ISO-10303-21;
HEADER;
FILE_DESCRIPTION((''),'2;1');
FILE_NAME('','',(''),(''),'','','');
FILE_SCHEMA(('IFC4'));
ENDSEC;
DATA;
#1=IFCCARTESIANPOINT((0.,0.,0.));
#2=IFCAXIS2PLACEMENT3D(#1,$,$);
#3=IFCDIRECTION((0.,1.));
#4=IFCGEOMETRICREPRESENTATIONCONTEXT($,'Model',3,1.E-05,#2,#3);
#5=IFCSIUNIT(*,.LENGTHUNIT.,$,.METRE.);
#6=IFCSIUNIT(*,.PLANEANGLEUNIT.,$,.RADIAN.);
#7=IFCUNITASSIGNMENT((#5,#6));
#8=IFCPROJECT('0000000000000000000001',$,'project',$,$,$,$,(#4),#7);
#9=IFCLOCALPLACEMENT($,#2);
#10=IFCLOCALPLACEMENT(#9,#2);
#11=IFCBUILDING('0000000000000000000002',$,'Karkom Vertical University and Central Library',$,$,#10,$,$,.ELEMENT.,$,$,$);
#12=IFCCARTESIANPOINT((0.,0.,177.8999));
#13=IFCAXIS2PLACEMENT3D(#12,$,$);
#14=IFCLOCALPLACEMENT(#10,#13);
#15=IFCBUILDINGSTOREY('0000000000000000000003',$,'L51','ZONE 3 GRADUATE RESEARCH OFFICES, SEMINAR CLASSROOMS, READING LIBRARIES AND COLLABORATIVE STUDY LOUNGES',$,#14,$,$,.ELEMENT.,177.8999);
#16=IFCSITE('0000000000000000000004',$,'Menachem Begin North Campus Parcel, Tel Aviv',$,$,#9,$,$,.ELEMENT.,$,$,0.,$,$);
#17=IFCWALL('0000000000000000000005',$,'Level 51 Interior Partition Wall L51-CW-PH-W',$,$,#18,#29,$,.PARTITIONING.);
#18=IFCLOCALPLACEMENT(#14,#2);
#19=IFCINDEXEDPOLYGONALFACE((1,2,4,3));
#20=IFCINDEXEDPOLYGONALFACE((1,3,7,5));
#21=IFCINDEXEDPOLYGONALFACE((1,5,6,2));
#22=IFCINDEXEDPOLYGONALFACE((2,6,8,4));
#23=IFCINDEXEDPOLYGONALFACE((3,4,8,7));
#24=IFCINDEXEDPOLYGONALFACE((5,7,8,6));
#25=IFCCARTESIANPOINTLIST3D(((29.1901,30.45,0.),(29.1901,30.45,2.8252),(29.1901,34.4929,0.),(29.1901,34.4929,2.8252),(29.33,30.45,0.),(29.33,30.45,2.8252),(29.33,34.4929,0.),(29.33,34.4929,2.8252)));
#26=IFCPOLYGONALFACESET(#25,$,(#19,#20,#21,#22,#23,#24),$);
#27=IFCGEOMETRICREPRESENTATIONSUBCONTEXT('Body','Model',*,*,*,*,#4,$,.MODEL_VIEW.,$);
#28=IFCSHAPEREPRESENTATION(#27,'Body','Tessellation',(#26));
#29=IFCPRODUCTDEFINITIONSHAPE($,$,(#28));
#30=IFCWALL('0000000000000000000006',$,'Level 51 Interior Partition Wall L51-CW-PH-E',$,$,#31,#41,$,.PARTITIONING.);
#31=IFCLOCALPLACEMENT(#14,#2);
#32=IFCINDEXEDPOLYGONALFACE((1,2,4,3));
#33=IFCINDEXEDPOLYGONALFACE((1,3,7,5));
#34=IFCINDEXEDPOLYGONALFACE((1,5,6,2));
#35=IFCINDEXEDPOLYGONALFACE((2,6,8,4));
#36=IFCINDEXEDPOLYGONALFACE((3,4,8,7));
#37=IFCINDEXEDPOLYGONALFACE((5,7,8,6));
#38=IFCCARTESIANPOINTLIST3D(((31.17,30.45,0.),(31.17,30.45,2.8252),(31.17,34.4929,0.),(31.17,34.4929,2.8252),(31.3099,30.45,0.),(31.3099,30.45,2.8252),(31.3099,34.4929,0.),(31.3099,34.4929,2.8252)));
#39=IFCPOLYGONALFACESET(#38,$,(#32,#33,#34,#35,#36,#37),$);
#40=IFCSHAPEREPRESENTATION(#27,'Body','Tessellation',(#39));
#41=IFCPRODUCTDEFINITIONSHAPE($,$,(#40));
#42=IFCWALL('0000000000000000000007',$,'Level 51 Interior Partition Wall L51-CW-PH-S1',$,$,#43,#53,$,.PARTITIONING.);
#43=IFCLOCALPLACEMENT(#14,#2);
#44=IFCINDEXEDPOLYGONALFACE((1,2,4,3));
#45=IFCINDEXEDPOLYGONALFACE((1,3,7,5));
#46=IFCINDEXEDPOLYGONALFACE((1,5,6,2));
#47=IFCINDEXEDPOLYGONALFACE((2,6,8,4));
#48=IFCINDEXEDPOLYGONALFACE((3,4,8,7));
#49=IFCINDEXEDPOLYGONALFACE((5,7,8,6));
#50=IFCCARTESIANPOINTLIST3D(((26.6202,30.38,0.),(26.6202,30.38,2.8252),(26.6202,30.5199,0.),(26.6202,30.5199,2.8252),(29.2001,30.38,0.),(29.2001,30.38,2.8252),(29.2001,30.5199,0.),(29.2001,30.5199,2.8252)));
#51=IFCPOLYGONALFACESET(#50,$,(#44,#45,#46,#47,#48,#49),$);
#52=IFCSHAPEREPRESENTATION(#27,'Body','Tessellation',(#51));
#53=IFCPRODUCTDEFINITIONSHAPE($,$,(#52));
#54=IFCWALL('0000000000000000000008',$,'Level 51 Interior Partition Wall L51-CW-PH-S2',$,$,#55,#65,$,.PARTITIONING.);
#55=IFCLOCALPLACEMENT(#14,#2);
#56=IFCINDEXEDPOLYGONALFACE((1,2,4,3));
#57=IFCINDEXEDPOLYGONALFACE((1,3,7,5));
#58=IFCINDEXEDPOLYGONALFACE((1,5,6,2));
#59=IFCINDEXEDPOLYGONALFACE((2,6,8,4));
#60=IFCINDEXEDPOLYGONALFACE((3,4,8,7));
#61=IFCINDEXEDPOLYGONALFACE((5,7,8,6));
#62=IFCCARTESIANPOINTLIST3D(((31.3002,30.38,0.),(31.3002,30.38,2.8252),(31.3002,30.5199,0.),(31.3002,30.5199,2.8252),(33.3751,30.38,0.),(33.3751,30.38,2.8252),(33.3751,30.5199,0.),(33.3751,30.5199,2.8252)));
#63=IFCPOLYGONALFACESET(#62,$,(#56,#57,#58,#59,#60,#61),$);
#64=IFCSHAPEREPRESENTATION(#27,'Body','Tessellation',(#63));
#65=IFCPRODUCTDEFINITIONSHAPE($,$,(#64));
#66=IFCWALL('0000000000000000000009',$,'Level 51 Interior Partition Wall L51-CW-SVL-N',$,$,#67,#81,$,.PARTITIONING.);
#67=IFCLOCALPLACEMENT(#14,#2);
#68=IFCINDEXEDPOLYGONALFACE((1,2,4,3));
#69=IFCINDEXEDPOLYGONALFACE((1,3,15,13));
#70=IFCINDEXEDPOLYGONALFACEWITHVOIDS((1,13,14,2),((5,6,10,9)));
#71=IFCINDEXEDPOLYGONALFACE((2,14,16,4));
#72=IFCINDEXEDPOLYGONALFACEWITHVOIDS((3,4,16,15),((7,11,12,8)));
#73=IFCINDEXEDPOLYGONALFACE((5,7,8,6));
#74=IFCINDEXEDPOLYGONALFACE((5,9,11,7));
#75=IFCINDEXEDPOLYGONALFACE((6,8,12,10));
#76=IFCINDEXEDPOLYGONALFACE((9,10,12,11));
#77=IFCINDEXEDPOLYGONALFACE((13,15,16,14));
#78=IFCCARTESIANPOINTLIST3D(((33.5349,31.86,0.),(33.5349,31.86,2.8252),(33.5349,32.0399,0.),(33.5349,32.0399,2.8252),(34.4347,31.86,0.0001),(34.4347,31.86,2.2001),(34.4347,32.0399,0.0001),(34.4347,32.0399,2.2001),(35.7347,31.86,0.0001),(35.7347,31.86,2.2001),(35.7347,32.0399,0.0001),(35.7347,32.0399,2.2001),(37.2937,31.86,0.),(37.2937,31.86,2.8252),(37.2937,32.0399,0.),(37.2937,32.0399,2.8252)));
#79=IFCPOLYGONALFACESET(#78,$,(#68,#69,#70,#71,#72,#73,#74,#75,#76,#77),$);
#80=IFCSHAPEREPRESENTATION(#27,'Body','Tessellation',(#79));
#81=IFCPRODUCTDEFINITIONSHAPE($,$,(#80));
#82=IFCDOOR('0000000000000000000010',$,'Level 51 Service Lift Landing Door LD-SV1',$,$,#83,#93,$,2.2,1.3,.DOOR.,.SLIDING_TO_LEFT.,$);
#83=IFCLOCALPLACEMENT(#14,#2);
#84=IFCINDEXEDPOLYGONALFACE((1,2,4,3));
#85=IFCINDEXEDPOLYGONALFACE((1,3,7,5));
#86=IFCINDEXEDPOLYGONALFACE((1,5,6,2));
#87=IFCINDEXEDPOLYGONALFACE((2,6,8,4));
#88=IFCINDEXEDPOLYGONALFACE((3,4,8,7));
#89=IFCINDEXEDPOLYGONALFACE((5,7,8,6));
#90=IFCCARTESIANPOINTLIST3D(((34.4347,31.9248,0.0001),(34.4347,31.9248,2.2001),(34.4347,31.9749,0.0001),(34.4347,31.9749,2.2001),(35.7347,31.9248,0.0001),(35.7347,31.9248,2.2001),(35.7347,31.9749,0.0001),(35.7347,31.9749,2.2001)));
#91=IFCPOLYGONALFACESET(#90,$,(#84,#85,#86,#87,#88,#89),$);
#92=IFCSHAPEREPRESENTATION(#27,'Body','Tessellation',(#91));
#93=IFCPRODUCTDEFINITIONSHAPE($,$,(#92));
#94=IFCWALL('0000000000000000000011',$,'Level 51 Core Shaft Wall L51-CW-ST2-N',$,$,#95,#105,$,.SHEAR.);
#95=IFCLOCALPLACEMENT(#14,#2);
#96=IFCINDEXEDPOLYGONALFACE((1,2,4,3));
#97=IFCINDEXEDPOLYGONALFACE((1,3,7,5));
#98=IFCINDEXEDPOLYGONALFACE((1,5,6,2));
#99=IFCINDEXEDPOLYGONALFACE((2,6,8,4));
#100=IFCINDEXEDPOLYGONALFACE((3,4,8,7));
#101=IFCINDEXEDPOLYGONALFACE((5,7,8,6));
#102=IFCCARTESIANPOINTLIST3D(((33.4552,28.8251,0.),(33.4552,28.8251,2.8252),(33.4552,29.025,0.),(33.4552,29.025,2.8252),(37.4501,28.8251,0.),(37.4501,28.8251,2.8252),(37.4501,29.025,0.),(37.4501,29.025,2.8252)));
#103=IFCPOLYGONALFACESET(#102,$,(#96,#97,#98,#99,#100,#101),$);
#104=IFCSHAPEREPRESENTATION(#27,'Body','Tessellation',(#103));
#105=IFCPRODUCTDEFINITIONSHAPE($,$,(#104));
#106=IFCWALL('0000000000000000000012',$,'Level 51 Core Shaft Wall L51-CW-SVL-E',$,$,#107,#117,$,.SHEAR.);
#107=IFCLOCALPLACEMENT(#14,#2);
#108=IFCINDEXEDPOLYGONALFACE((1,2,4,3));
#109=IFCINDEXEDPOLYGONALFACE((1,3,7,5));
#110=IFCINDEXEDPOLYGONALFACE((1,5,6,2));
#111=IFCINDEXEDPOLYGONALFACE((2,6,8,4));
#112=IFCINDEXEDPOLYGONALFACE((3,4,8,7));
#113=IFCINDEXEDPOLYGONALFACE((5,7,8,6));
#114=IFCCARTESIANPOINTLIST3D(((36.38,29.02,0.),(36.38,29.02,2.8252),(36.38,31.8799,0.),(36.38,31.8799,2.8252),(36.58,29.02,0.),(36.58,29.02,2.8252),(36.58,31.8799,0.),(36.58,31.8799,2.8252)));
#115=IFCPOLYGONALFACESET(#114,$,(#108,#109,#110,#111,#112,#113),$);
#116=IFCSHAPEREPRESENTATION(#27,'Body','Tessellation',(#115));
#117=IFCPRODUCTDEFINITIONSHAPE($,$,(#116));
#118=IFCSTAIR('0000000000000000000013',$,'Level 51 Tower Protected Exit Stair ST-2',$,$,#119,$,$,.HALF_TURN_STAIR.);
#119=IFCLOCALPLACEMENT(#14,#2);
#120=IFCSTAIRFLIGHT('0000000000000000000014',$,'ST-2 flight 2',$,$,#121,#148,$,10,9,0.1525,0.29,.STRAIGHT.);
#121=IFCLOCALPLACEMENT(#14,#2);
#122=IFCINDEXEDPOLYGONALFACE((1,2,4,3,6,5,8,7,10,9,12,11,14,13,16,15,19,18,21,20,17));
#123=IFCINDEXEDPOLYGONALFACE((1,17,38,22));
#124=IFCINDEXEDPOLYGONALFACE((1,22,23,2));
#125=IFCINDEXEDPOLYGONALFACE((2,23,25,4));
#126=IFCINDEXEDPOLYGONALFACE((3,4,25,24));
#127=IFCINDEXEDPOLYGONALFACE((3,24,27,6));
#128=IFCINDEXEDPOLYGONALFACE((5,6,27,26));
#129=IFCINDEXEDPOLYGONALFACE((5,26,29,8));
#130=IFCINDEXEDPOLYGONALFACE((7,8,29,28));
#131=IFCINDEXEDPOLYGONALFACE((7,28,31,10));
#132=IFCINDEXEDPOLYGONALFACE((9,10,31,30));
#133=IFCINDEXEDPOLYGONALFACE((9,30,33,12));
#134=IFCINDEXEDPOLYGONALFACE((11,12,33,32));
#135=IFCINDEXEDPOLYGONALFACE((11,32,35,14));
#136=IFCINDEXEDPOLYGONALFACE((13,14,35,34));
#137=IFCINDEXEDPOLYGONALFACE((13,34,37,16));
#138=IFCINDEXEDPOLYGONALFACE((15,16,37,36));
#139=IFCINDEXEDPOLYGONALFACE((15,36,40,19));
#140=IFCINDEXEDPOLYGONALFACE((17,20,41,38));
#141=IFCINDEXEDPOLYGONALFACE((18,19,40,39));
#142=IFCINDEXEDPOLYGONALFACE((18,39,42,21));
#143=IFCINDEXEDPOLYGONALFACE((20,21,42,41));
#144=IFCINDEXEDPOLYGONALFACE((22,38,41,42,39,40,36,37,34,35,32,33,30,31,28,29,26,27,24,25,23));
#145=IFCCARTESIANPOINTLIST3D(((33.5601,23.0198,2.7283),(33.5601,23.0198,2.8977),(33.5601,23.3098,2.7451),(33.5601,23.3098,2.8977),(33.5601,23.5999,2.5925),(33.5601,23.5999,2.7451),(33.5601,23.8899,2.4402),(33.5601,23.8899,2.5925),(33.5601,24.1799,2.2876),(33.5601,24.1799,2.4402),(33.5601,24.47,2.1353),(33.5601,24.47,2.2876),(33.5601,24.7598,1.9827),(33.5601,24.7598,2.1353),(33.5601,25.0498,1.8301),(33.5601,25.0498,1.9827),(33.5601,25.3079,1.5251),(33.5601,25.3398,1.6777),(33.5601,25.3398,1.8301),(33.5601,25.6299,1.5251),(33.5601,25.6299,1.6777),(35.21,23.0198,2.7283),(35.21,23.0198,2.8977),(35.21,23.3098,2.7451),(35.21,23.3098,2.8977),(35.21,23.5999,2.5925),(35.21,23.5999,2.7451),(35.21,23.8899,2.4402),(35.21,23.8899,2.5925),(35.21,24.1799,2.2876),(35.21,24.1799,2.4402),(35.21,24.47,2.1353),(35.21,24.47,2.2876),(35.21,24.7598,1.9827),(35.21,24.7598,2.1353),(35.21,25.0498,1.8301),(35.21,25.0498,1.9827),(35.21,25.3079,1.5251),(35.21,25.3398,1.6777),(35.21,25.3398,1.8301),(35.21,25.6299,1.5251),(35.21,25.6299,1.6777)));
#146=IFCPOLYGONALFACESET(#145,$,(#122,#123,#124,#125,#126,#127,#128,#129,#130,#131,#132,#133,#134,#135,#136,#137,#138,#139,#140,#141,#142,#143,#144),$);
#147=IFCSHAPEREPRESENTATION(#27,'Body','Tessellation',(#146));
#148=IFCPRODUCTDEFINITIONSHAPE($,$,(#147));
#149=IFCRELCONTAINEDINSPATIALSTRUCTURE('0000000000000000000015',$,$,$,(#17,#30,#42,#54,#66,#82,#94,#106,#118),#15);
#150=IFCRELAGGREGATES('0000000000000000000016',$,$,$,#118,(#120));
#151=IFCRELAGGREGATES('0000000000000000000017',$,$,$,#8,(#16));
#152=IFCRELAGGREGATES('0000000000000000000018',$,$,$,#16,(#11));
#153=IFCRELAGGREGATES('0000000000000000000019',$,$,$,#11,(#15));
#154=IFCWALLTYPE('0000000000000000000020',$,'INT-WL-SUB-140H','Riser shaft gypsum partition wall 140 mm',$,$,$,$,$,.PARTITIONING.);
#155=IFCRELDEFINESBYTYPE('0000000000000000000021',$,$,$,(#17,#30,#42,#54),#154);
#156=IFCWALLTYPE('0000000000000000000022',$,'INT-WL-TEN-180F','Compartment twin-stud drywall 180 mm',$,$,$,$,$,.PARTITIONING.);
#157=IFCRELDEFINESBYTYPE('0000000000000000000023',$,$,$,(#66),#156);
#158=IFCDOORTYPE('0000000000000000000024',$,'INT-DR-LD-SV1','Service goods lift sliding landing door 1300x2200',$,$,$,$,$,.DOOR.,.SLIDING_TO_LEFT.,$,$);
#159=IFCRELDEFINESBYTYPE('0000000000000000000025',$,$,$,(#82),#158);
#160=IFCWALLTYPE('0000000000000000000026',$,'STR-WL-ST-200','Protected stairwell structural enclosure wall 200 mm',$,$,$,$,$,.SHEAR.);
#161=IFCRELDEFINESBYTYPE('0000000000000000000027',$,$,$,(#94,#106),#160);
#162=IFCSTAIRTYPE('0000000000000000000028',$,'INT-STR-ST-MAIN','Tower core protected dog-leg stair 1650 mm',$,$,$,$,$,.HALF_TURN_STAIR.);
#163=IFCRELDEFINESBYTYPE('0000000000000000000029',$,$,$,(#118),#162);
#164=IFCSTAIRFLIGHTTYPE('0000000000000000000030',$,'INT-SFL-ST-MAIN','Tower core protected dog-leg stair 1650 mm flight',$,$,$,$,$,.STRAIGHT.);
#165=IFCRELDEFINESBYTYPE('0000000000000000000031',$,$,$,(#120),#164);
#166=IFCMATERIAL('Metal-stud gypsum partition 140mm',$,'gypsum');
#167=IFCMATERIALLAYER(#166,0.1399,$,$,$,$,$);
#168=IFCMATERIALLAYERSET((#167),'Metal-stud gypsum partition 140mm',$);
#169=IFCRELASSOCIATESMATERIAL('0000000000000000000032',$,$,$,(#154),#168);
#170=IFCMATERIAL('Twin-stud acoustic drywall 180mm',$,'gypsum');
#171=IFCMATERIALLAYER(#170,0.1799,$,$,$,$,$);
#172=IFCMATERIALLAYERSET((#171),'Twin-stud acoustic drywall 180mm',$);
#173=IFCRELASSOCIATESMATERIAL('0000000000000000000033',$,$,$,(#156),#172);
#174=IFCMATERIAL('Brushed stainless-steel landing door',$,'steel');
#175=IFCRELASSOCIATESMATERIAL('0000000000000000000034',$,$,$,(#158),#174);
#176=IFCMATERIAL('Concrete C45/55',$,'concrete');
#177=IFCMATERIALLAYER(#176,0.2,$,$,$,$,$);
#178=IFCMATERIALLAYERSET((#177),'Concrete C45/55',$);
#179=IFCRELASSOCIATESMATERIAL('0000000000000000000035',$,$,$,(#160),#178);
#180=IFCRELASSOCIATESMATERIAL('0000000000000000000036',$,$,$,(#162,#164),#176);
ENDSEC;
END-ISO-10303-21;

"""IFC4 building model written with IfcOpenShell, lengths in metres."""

from ifc_helpers import new_model, si_unit, direction, frame, frame_2d, origin, origin_with_axes, place, context, subcontext, project, spatial, polyline, rectangle, outline, extrude, source, transform, mapped, material, layer, layer_set, type_object, element, fill, aggregate, save


model = new_model("IFC4")

# Units and contexts
model_context = context("Model", 3, precision=1e-05, world=origin(), true_north=direction((0.0, 1.0)))
body_context = subcontext(model_context, "Body", "Model", "MODEL_VIEW")
ifc_project = project(units=[si_unit("LENGTHUNIT", "METRE"), si_unit("PLANEANGLEUNIT", "RADIAN")], contexts=[model_context])

# Site, building, storey
site_placement = place(None, origin())
site = spatial("IfcSite", under=ifc_project, at=site_placement, Name="Menachem Begin North Campus Parcel, Tel Aviv", CompositionType="ELEMENT", RefElevation=0.0)
building_placement = place(site_placement, origin())
building = spatial("IfcBuilding", under=site, at=building_placement, Name="Karkom Vertical University and Central Library", CompositionType="ELEMENT")
storey_placement = place(building_placement, frame((0.0, 0.0, 177.8999)))
storey = spatial("IfcBuildingStorey", under=building, at=storey_placement, Name="L51", Description="ZONE 3 GRADUATE RESEARCH OFFICES, SEMINAR CLASSROOMS, READING LIBRARIES AND COLLABORATIVE STUDY LOUNGES", CompositionType="ELEMENT", Elevation=177.8999)

# Walls
ifc_material_1 = material(Name="Metal-stud gypsum partition 140mm", Category="gypsum")
ifc_layer_1 = layer(ifc_material_1, 0.1399)
ifc_layer_set_1 = layer_set([ifc_layer_1], Name="Metal-stud gypsum partition 140mm")
wall_type_1 = type_object("IfcWallType", Name="INT-WL-SUB-140H", Description="Riser shaft gypsum partition wall 140 mm", PredefinedType="PARTITIONING", material=ifc_layer_set_1)
for number, where, z_axis, x_axis, name in (
    (1, (29.26, 30.45, 0.0), (0.0, 0.0, 1.0), (0.0, 1.0, 0.0), "Level 51 Interior Partition Wall L51-CW-PH-W"),
    (2, (31.24, 30.45, 0.0), (0.0, 0.0, 1.0), (0.0, 1.0, 0.0), "Level 51 Interior Partition Wall L51-CW-PH-E"),
):
    element("IfcWall", number, at=place(storey_placement, frame(where, z_axis=z_axis, x_axis=x_axis)), inside=storey, type_object=wall_type_1, Name=name, PredefinedType="PARTITIONING", context=body_context, shape_type="SweptSolid", body=[
        extrude(rectangle(XDim=4.043, YDim=0.1399, at=frame_2d((2.0215, 0.0))), origin(), (0.0, 0.0, 1.0), 2.8252),
    ])
wall_1_placement = place(storey_placement, frame((26.6201, 30.45, 0.0), z_axis=(0.0, 0.0, 1.0), x_axis=(1.0, 0.0, 0.0)))
element("IfcWall", 3, at=wall_1_placement, inside=storey, type_object=wall_type_1, Name="Level 51 Interior Partition Wall L51-CW-PH-S1", PredefinedType="PARTITIONING", context=body_context, shape_type="SweptSolid", body=[
    extrude(rectangle(XDim=2.5798, YDim=0.1399, at=frame_2d((1.29, 0.0))), origin(), (0.0, 0.0, 1.0), 2.8252),
])
wall_2_placement = place(storey_placement, frame((31.3, 30.45, 0.0), z_axis=(0.0, 0.0, 1.0), x_axis=(1.0, 0.0, 0.0)))
element("IfcWall", 4, at=wall_2_placement, inside=storey, type_object=wall_type_1, Name="Level 51 Interior Partition Wall L51-CW-PH-S2", PredefinedType="PARTITIONING", context=body_context, shape_type="SweptSolid", body=[
    extrude(rectangle(XDim=2.075, YDim=0.1399, at=frame_2d((1.0376, 0.0))), origin(), (0.0, 0.0, 1.0), 2.8252),
])

# Wall, opening, door
ifc_material_2 = material(Name="Twin-stud acoustic drywall 180mm", Category="gypsum")
ifc_layer_2 = layer(ifc_material_2, 0.1799)
ifc_layer_set_2 = layer_set([ifc_layer_2], Name="Twin-stud acoustic drywall 180mm")
wall_type_2 = type_object("IfcWallType", Name="INT-WL-TEN-180F", Description="Compartment twin-stud drywall 180 mm", PredefinedType="PARTITIONING", material=ifc_layer_set_2)
wall_3_placement = place(storey_placement, frame((33.5349, 31.95, 0.0), z_axis=(0.0, 0.0, 1.0), x_axis=(1.0, 0.0, 0.0)))
wall_3 = element("IfcWall", 5, at=wall_3_placement, inside=storey, type_object=wall_type_2, Name="Level 51 Interior Partition Wall L51-CW-SVL-N", PredefinedType="PARTITIONING", context=body_context, shape_type="SweptSolid", body=[
    extrude(rectangle(XDim=3.7588, YDim=0.1799, at=frame_2d((1.8794, 0.0))), origin(), (0.0, 0.0, 1.0), 2.8252),
])
opening_1_placement = place(wall_3_placement, frame((0.8999, 0.0, 0.0)))
opening_1 = element("IfcOpeningElement", 6, at=opening_1_placement, cuts=wall_3, PredefinedType="OPENING", context=body_context, shape_type="SweptSolid", body=[
    extrude(rectangle(XDim=1.3, YDim=2.2, at=frame_2d((0.6499, 1.1001))), frame((0.0, 0.1001, 0.0), z_axis=(0.0, -1.0, 0.0), x_axis=(1.0, 0.0, 0.0)), (0.0, 0.0, 1.0), 0.2),
])
ifc_material_3 = material(Name="Brushed stainless-steel landing door", Category="steel")
door_type_1 = type_object("IfcDoorType", Name="INT-DR-LD-SV1", Description="Service goods lift sliding landing door 1300x2200", OperationType="SLIDING_TO_LEFT", PredefinedType="DOOR", material=ifc_material_3)
shared_shape_1 = source(origin_with_axes(), body_context, "Body", "SweptSolid", [
    extrude(rectangle(XDim=1.3, YDim=2.2, at=frame_2d((0.6499, 1.1001))), frame((0.0, 0.0249, 0.0), z_axis=(0.0, -1.0, 0.0), x_axis=(1.0, 0.0, 0.0)), (0.0, 0.0, 1.0), 0.05),
])
door_1_placement = place(opening_1_placement, origin())
door_1 = element("IfcDoor", 7, at=door_1_placement, inside=storey, type_object=door_type_1, Name="Level 51 Service Lift Landing Door LD-SV1", OperationType="SLIDING_TO_LEFT", OverallHeight=2.2, OverallWidth=1.3, PredefinedType="DOOR", context=body_context, shape_type="MappedRepresentation", body=[
    mapped(shared_shape_1, transform((0.0, 0.0, 0.0), scale=1.0)),
])
fill(opening_1, door_1)

# Walls
ifc_material_4 = material(Name="Concrete C45/55", Category="concrete")
ifc_layer_3 = layer(ifc_material_4, 0.2)
ifc_layer_set_3 = layer_set([ifc_layer_3], Name="Concrete C45/55")
wall_type_3 = type_object("IfcWallType", Name="STR-WL-ST-200", Description="Protected stairwell structural enclosure wall 200 mm", PredefinedType="SHEAR", material=ifc_layer_set_3)
wall_4_placement = place(storey_placement, frame((33.4551, 28.925, 0.0), z_axis=(0.0, 0.0, 1.0), x_axis=(1.0, 0.0, 0.0)))
element("IfcWall", 8, at=wall_4_placement, inside=storey, type_object=wall_type_3, Name="Level 51 Core Shaft Wall L51-CW-ST2-N", PredefinedType="SHEAR", context=body_context, shape_type="SweptSolid", body=[
    extrude(rectangle(XDim=3.9949, YDim=0.2, at=frame_2d((1.9976, 0.0))), origin(), (0.0, 0.0, 1.0), 2.8252),
])
wall_5_placement = place(storey_placement, frame((36.48, 29.02, 0.0), z_axis=(0.0, 0.0, 1.0), x_axis=(0.0, 1.0, 0.0)))
element("IfcWall", 9, at=wall_5_placement, inside=storey, type_object=wall_type_3, Name="Level 51 Core Shaft Wall L51-CW-SVL-E", PredefinedType="SHEAR", context=body_context, shape_type="SweptSolid", body=[
    extrude(rectangle(XDim=2.8599, YDim=0.2, at=frame_2d((1.4299, 0.0))), origin(), (0.0, 0.0, 1.0), 2.8252),
])

# Stair, stair flight
stair_type = type_object("IfcStairType", Name="INT-STR-ST-MAIN", Description="Tower core protected dog-leg stair 1650 mm", PredefinedType="HALF_TURN_STAIR", material=ifc_material_4)
stair_placement = place(storey_placement, origin())
stair = element("IfcStair", 10, at=stair_placement, inside=storey, type_object=stair_type, Name="Level 51 Tower Protected Exit Stair ST-2", PredefinedType="HALF_TURN_STAIR")
stair_flight_type = type_object("IfcStairFlightType", Name="INT-SFL-ST-MAIN", Description="Tower core protected dog-leg stair 1650 mm flight", PredefinedType="STRAIGHT", material=ifc_material_4)
stair_flight_placement = place(storey_placement, frame((34.385, 25.6299, 1.5251), z_axis=(0.0, 0.0, 1.0), x_axis=(0.0, -1.0, 0.0)))
stair_flight = element("IfcStairFlight", 11, at=stair_flight_placement, type_object=stair_flight_type, Name="ST-2 flight 2", NumberOfRisers=10, NumberOfTreads=9, PredefinedType="STRAIGHT", RiserHeight=0.1525, TreadLength=0.29, context=body_context, shape_type="SweptSolid", body=[
    extrude(outline(polyline([(0.0, 0.0), (0.0, 0.1526), (0.29, 0.1526), (0.29, 0.3049), (0.5801, 0.3049), (0.5801, 0.4575), (0.8701, 0.4575), (0.8701, 0.6101), (1.1599, 0.6101), (1.1599, 0.7625), (1.45, 0.7625), (1.45, 0.915), (1.74, 0.915), (1.74, 1.0674), (2.03, 1.0674), (2.03, 1.22), (2.3201, 1.22), (2.3201, 1.3726), (2.6101, 1.3726), (2.6101, 1.5249), (2.6101, 1.2031), (0.322, 0.0), (0.0, 0.0)])), frame((0.0, 0.825, 0.0), z_axis=(0.0, -1.0, 0.0), x_axis=(1.0, 0.0, 0.0)), (0.0, 0.0, 1.0), 1.6499),
])
aggregate(stair, [stair_flight])

save(model, "model.ifc")
